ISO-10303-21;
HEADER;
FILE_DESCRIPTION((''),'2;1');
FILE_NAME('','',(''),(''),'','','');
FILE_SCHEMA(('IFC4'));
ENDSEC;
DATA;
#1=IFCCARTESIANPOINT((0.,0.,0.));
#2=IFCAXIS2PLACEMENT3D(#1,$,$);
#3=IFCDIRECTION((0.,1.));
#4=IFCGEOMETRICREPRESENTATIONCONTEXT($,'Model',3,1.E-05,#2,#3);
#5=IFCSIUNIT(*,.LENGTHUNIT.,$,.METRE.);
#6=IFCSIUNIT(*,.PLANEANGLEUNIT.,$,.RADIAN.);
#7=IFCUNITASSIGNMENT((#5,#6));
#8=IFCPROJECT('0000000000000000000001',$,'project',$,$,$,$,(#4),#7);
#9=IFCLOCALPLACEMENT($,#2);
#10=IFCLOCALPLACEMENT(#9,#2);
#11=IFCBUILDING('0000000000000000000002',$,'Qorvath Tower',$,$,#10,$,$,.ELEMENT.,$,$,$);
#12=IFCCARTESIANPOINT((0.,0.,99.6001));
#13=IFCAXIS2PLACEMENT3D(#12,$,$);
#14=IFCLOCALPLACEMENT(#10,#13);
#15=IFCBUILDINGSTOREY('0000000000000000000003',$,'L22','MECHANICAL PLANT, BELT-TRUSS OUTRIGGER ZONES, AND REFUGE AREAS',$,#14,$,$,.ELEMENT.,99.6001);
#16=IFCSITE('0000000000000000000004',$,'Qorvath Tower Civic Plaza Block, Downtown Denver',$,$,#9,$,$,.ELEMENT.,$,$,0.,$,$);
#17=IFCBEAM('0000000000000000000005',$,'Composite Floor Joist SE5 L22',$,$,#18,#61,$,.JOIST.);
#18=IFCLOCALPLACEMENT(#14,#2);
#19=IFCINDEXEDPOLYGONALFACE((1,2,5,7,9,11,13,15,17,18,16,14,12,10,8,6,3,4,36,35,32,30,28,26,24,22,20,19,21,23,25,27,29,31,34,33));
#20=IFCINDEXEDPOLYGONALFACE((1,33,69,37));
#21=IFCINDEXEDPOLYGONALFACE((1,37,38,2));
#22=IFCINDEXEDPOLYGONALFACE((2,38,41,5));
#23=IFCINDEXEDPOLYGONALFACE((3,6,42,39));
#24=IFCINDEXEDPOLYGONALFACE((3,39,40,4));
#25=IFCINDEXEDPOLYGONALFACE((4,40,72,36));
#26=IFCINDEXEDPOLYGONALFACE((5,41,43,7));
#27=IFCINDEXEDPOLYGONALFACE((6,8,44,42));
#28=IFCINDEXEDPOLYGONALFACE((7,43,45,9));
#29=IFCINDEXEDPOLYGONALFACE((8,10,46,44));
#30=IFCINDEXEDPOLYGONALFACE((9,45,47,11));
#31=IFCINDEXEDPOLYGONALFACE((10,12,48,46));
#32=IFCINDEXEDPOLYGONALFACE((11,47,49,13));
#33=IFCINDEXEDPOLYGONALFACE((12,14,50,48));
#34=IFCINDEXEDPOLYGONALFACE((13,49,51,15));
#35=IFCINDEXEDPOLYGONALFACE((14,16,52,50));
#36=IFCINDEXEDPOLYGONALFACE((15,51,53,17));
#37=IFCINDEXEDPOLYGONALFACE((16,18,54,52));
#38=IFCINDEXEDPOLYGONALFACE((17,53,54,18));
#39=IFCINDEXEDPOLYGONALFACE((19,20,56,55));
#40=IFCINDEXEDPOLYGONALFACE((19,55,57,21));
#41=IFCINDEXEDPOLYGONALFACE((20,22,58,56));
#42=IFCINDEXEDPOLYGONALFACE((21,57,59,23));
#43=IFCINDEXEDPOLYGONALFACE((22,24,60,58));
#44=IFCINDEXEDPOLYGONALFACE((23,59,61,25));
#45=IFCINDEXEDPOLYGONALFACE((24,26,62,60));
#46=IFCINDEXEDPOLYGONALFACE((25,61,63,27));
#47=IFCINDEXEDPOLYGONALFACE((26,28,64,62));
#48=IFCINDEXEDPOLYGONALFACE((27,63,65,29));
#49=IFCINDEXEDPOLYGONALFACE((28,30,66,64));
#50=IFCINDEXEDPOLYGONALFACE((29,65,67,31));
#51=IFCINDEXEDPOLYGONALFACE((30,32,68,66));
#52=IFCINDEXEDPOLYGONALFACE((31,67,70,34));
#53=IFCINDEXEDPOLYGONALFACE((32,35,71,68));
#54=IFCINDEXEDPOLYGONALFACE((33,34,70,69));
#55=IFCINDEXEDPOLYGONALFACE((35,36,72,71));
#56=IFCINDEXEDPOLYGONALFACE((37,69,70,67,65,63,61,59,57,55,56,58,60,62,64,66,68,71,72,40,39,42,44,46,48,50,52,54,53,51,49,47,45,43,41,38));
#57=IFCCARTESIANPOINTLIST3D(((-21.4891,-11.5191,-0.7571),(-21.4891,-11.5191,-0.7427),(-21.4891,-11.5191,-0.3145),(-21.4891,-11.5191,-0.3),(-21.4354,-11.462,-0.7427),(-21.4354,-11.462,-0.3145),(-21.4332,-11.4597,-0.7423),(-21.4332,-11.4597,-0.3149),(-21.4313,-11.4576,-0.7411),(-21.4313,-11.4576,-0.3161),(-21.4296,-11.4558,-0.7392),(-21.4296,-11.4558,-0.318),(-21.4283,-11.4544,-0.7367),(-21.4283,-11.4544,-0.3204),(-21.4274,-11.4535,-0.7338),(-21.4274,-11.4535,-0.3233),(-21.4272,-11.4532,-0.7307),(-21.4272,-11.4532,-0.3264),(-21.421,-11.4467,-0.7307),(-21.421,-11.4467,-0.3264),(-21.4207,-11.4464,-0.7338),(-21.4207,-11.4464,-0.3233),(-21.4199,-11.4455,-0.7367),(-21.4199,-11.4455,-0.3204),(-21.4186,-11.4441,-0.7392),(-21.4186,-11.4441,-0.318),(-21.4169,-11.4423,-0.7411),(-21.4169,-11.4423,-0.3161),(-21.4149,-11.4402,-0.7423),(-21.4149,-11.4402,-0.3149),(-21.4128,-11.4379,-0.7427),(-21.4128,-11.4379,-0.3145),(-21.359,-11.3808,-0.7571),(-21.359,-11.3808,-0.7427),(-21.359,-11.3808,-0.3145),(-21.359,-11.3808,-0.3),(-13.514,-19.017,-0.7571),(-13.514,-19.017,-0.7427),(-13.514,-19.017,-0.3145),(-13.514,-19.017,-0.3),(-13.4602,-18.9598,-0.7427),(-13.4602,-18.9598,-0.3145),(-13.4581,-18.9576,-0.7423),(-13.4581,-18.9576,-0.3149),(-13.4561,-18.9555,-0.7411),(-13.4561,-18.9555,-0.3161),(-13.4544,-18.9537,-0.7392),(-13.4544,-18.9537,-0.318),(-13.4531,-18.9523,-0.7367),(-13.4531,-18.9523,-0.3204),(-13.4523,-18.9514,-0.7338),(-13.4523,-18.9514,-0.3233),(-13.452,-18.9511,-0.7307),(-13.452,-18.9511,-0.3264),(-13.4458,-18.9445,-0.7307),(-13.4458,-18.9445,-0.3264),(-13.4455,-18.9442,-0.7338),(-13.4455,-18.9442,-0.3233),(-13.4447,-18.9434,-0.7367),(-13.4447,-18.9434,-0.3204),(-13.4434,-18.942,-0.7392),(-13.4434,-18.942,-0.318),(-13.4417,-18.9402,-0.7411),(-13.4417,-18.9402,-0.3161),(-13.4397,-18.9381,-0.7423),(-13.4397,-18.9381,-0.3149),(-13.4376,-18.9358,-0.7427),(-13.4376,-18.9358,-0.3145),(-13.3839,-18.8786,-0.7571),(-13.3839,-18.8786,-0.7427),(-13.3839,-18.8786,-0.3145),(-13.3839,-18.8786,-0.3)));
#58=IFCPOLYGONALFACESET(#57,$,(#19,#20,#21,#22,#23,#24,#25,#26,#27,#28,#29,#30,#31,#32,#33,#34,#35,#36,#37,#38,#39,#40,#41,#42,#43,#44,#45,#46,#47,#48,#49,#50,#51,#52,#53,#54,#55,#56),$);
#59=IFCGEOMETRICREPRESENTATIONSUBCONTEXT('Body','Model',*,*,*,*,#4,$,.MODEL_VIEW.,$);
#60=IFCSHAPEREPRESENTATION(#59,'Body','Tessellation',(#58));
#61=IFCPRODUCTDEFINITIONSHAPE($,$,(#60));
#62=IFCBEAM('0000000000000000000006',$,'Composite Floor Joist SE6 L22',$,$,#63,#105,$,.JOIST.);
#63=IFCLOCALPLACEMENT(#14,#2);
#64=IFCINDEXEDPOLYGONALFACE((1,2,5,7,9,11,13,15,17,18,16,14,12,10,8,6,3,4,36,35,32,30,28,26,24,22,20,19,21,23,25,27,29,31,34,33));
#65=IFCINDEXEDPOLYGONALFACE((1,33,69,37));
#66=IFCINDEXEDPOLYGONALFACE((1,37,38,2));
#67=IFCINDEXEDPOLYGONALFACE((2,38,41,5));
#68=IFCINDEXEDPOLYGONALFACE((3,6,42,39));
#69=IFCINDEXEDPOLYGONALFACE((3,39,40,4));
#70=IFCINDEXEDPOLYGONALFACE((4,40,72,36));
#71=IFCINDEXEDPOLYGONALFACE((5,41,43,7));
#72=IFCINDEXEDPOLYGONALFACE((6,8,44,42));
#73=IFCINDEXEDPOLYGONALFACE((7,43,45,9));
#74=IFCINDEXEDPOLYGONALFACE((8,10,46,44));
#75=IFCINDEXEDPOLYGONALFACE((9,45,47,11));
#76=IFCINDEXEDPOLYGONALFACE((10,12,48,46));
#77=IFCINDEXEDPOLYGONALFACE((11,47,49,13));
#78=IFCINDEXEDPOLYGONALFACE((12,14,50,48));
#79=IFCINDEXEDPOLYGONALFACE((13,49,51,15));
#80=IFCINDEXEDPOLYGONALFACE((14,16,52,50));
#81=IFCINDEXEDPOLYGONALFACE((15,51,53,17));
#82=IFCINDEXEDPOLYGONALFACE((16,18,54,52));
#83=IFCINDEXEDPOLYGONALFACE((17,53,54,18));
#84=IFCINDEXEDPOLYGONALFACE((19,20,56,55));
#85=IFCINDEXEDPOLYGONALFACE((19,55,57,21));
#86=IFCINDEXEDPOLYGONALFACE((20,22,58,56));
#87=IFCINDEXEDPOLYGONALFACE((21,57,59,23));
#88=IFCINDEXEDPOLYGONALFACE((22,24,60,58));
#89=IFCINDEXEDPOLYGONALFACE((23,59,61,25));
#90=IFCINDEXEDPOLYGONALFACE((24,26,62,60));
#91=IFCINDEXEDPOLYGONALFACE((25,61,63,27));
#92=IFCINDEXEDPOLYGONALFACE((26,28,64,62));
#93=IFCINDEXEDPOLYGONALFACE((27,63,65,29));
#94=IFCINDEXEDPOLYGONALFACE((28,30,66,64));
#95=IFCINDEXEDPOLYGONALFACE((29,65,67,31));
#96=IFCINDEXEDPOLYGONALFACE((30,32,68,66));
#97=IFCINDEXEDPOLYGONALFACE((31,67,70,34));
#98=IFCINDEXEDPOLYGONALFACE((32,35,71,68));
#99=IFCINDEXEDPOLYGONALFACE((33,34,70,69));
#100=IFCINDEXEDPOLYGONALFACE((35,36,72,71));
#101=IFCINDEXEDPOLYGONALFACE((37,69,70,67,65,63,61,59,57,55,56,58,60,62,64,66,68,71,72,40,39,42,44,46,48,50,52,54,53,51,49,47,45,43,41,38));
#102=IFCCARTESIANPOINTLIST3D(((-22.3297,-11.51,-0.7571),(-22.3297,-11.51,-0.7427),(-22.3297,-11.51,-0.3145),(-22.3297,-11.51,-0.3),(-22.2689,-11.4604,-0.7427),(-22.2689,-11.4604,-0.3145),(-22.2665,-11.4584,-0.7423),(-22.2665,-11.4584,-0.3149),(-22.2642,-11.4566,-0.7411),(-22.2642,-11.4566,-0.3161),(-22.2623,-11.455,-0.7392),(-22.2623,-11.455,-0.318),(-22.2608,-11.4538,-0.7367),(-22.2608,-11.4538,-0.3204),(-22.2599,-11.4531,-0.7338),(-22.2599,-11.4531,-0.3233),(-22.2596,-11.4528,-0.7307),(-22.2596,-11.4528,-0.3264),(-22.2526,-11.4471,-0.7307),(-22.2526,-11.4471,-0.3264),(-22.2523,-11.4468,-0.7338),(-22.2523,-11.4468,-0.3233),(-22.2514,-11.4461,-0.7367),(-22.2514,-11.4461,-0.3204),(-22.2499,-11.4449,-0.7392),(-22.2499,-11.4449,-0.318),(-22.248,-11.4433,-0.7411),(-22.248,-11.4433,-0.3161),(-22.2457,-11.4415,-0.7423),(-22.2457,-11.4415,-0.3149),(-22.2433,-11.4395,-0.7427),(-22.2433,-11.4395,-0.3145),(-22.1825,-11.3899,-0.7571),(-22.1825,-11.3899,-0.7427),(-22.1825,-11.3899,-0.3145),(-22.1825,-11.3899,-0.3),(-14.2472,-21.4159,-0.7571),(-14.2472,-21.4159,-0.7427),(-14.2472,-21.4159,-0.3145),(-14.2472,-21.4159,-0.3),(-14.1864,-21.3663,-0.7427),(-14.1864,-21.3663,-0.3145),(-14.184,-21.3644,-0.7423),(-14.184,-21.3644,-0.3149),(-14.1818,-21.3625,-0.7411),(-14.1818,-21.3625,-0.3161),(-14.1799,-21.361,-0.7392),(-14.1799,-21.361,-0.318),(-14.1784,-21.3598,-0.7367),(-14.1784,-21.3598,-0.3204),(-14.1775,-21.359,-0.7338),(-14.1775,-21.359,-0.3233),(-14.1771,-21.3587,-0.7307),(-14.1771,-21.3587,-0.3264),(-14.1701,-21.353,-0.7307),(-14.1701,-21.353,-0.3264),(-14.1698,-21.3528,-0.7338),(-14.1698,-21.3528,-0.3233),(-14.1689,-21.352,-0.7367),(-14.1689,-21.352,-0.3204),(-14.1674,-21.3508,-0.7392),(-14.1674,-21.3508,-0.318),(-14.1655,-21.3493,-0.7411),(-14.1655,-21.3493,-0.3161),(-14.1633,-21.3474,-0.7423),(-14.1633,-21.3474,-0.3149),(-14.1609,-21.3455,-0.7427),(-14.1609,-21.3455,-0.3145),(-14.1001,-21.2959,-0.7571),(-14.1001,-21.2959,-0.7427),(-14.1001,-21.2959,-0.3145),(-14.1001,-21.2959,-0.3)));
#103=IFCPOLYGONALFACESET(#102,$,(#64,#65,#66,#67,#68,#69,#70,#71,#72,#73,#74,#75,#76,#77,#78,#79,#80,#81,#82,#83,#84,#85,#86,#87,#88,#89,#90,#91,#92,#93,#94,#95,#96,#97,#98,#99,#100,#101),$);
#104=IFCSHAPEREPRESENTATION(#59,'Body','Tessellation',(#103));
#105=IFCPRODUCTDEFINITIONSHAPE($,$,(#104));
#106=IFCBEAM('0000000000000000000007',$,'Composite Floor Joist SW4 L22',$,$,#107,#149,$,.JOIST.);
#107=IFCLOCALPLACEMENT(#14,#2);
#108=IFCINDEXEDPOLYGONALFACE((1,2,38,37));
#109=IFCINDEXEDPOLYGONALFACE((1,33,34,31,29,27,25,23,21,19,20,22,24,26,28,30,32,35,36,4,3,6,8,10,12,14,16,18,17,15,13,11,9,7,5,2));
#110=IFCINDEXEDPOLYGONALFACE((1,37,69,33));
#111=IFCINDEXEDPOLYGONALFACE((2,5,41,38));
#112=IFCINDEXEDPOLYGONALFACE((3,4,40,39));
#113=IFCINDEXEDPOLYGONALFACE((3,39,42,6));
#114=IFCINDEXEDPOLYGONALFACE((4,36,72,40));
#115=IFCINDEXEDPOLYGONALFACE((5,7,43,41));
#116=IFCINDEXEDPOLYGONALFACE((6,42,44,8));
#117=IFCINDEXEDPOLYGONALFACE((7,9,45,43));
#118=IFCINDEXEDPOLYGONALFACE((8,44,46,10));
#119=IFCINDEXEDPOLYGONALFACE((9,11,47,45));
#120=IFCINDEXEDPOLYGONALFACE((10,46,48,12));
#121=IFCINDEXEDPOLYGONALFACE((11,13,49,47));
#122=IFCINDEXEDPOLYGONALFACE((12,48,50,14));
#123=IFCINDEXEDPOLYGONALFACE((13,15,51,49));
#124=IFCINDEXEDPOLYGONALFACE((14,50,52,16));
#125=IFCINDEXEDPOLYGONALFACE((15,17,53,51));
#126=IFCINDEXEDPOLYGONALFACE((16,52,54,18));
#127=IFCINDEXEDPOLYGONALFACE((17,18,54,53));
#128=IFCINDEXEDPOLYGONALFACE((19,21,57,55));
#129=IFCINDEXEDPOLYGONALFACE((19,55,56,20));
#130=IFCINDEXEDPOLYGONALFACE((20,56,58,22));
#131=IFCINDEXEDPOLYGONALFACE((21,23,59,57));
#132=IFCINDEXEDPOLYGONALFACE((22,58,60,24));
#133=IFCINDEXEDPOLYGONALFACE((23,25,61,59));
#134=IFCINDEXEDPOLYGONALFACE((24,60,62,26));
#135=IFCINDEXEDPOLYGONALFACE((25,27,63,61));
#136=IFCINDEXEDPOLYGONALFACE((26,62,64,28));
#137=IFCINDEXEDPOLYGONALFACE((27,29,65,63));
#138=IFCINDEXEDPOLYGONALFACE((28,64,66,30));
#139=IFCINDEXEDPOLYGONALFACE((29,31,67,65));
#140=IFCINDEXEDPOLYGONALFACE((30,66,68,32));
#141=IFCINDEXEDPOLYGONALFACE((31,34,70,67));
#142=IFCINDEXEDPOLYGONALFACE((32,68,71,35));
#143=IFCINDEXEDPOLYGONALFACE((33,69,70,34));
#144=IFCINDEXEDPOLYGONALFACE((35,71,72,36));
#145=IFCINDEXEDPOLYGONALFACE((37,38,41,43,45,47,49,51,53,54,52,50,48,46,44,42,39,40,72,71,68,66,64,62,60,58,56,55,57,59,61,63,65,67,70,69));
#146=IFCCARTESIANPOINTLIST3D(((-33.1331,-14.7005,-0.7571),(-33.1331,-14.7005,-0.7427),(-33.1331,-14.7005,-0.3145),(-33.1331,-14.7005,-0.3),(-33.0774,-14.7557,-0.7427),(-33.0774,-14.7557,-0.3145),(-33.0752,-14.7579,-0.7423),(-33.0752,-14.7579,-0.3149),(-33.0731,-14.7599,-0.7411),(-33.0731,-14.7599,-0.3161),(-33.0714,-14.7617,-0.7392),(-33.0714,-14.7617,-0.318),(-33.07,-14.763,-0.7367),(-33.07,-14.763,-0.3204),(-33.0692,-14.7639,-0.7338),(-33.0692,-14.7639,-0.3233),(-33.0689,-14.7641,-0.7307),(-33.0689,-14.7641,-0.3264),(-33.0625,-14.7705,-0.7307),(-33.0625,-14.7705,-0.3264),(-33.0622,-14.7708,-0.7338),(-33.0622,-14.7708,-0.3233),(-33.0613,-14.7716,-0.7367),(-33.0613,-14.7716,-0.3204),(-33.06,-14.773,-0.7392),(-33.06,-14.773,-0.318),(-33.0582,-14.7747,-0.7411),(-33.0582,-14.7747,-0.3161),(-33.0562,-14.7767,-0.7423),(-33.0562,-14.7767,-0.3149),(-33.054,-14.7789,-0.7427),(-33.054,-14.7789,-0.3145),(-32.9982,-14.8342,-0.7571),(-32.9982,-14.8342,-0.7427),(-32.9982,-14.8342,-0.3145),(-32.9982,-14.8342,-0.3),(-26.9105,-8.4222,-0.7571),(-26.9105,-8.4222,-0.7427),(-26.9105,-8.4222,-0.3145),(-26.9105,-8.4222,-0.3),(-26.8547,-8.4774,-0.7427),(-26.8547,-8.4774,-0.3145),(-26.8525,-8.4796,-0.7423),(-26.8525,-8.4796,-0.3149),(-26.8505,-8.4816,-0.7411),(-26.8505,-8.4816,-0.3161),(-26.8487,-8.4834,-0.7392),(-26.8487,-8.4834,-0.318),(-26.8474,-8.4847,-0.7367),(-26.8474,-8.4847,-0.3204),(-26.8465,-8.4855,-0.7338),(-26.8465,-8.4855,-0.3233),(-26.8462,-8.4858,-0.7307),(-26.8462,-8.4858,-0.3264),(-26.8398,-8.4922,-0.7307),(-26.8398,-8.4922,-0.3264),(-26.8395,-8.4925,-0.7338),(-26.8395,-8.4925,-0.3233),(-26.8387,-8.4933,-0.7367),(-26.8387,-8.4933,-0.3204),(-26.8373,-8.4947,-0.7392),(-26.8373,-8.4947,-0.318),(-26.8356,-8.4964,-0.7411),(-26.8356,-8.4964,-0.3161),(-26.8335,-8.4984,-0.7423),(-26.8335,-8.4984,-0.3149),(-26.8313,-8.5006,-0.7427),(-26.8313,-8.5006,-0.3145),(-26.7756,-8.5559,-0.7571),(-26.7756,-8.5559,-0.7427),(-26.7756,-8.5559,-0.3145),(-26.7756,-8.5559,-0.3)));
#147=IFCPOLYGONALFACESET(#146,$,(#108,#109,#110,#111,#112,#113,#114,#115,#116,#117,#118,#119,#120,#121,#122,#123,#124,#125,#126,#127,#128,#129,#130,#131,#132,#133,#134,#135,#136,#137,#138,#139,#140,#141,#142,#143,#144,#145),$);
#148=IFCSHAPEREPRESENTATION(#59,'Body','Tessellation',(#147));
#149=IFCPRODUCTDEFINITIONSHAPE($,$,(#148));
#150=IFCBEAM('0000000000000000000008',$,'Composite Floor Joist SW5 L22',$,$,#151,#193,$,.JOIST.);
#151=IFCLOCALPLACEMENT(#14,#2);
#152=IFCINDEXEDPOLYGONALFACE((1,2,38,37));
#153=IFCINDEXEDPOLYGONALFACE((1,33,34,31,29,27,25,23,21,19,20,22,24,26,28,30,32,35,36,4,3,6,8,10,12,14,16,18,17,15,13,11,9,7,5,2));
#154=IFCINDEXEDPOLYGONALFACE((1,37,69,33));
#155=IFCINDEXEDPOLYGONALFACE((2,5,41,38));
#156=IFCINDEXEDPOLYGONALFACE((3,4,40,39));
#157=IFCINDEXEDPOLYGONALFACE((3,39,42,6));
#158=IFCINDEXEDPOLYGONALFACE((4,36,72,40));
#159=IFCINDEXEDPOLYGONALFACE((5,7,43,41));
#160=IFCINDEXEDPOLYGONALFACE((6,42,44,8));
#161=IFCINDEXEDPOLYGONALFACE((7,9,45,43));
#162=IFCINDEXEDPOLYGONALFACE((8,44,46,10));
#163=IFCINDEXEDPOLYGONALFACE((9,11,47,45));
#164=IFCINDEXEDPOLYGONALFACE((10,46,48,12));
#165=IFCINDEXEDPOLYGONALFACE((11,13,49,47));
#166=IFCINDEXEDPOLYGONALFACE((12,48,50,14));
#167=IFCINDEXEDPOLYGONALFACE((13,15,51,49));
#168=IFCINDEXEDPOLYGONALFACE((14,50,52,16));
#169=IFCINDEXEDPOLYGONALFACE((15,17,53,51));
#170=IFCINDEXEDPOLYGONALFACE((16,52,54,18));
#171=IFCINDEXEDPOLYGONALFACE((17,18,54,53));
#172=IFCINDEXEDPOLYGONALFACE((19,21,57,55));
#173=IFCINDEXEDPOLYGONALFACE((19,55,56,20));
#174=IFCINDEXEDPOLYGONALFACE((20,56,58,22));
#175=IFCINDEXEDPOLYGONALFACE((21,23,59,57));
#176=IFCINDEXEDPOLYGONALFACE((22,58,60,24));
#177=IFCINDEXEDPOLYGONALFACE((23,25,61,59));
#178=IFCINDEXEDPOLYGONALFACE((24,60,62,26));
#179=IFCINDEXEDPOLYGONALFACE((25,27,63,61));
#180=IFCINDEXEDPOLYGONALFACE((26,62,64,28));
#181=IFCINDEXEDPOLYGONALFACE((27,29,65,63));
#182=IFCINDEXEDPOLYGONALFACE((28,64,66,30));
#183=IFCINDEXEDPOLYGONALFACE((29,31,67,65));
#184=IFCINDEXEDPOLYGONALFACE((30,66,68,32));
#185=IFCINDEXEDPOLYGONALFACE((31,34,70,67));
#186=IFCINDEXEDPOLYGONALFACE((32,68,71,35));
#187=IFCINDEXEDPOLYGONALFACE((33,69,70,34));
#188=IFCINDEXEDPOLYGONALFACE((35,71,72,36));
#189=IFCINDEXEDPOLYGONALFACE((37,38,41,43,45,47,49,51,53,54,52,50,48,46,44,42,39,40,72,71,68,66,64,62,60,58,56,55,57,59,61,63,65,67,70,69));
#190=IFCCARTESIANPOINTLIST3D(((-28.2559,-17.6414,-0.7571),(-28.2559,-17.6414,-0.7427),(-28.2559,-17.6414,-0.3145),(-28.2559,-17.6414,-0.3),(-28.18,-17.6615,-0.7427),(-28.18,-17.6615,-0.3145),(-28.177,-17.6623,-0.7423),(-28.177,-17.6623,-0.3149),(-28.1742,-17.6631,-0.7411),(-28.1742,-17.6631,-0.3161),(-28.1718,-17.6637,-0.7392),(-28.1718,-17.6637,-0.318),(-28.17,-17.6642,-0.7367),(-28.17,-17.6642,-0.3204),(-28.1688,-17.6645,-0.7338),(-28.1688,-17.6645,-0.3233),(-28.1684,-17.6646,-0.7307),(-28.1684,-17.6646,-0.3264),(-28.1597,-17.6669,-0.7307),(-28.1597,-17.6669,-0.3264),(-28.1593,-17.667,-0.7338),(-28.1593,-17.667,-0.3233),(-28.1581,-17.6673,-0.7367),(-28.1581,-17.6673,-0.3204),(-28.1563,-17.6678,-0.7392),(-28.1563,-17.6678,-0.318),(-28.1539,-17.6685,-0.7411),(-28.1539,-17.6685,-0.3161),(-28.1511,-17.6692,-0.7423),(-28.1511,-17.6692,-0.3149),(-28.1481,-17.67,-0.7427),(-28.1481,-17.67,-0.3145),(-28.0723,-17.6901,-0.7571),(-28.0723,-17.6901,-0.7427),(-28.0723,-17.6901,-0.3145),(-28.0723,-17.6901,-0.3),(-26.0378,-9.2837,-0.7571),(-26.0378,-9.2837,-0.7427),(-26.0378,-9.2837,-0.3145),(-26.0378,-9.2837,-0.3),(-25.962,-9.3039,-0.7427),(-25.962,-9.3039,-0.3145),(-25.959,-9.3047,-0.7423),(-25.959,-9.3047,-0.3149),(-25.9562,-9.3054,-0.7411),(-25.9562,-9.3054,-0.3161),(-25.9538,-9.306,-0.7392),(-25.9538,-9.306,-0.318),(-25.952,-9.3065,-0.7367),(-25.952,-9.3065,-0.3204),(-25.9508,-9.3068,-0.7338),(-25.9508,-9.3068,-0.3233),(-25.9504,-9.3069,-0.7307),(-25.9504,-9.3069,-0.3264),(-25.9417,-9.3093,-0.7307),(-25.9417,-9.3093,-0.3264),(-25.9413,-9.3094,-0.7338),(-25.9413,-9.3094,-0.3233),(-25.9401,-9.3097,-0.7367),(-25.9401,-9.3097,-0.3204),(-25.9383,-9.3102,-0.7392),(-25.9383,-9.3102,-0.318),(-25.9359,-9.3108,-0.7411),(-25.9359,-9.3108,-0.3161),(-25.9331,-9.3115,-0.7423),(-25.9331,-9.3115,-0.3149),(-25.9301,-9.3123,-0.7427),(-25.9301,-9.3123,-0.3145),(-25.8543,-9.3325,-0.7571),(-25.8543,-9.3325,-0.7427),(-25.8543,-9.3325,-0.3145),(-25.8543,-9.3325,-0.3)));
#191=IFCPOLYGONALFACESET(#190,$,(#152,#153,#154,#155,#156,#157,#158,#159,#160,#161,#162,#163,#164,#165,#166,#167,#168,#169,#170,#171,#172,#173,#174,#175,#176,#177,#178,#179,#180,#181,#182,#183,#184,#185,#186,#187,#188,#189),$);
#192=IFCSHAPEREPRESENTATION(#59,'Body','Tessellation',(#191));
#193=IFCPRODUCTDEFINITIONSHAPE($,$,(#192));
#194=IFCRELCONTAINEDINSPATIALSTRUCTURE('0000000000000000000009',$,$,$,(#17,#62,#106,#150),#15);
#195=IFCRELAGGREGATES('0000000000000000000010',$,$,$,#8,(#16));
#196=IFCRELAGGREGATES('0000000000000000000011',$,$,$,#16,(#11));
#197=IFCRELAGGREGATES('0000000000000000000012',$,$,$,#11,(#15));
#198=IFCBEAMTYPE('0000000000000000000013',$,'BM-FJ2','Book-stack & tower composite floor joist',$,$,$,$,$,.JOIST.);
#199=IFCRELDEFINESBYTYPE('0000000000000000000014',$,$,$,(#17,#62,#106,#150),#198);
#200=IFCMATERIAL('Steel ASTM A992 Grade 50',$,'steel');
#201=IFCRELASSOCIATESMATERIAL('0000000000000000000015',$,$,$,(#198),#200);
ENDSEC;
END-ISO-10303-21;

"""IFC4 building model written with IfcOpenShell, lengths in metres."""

from ifc_helpers import new_model, si_unit, direction, frame, origin, origin_2d, place, context, subcontext, project, spatial, i_section, extrude, material, material_profile, profile_set, type_object, element, save


model = new_model("IFC4")

# Units and contexts
model_context = context("Model", 3, precision=1e-05, world=origin(), true_north=direction((0.0, 1.0)))
body_context = subcontext(model_context, "Body", "Model", "MODEL_VIEW")
ifc_project = project(units=[si_unit("LENGTHUNIT", "METRE"), si_unit("PLANEANGLEUNIT", "RADIAN")], contexts=[model_context])

# Site, building, storey
site_placement = place(None, origin())
site = spatial("IfcSite", under=ifc_project, at=site_placement, Name="Qorvath Tower Civic Plaza Block, Downtown Denver", CompositionType="ELEMENT", RefElevation=0.0)
building_placement = place(site_placement, origin())
building = spatial("IfcBuilding", under=site, at=building_placement, Name="Qorvath Tower", CompositionType="ELEMENT")
storey_placement = place(building_placement, frame((0.0, 0.0, 99.6001)))
storey = spatial("IfcBuildingStorey", under=building, at=storey_placement, Name="L22", Description="MECHANICAL PLANT, BELT-TRUSS OUTRIGGER ZONES, AND REFUGE AREAS", CompositionType="ELEMENT", Elevation=99.6001)

# Beams
ifc_material_1 = material(Name="Steel ASTM A992 Grade 50", Category="steel")
ifc_material_profile_1 = material_profile(ifc_material_1, i_section(OverallWidth=0.1899, OverallDepth=0.457, WebThickness=0.009, FlangeThickness=0.0144, FilletRadius=0.012, at=origin_2d()), Name="W18x50")
ifc_profile_set_1 = profile_set([ifc_material_profile_1], Name="Steel ASTM A992 Grade 50")
beam_type_1 = type_object("IfcBeamType", Name="BM-FJ2", Description="Book-stack & tower composite floor joist", PredefinedType="JOIST", material=ifc_profile_set_1)
beam_1_placement = place(storey_placement, frame((-21.4241, -11.45, -0.5286), z_axis=(0.728572, -0.684969, 0.0), x_axis=(0.684969, 0.728572, 0.0)))
element("IfcBeam", 1, at=beam_1_placement, inside=storey, type_object=beam_type_1, Name="Composite Floor Joist SE5 L22", PredefinedType="JOIST", context=body_context, shape_type="SweptSolid", body=[
    extrude(i_section(OverallWidth=0.1899, OverallDepth=0.457, WebThickness=0.009, FlangeThickness=0.0144, FilletRadius=0.012, at=origin_2d()), origin(), (0.0, 0.0, 1.0), 10.9463),
])
beam_2_placement = place(storey_placement, frame((-22.2561, -11.45, -0.5286), z_axis=(0.632188, -0.774815, 0.0), x_axis=(0.774815, 0.632188, 0.0)))
element("IfcBeam", 2, at=beam_2_placement, inside=storey, type_object=beam_type_1, Name="Composite Floor Joist SE6 L22", PredefinedType="JOIST", context=body_context, shape_type="SweptSolid", body=[
    extrude(i_section(OverallWidth=0.1899, OverallDepth=0.457, WebThickness=0.009, FlangeThickness=0.0144, FilletRadius=0.012, at=origin_2d()), origin(), (0.0, 0.0, 1.0), 12.7849),
])
beam_3_placement = place(storey_placement, frame((-26.843, -8.489, -0.5286), z_axis=(-0.703951, -0.710248, 0.0), x_axis=(0.710248, -0.703951, 0.0)))
element("IfcBeam", 3, at=beam_3_placement, inside=storey, type_object=beam_type_1, Name="Composite Floor Joist SW4 L22", PredefinedType="JOIST", context=body_context, shape_type="SweptSolid", body=[
    extrude(i_section(OverallWidth=0.1899, OverallDepth=0.457, WebThickness=0.009, FlangeThickness=0.0144, FilletRadius=0.012, at=origin_2d()), origin(), (0.0, 0.0, 1.0), 8.8396),
])
beam_4_placement = place(storey_placement, frame((-25.946, -9.3081, -0.5286), z_axis=(-0.256508, -0.966542, 0.0), x_axis=(0.966542, -0.256508, 0.0)))
element("IfcBeam", 4, at=beam_4_placement, inside=storey, type_object=beam_type_1, Name="Composite Floor Joist SW5 L22", PredefinedType="JOIST", context=body_context, shape_type="SweptSolid", body=[
    extrude(i_section(OverallWidth=0.1899, OverallDepth=0.457, WebThickness=0.009, FlangeThickness=0.0144, FilletRadius=0.012, at=origin_2d()), origin(), (0.0, 0.0, 1.0), 8.647),
])

save(model, "model.ifc")
